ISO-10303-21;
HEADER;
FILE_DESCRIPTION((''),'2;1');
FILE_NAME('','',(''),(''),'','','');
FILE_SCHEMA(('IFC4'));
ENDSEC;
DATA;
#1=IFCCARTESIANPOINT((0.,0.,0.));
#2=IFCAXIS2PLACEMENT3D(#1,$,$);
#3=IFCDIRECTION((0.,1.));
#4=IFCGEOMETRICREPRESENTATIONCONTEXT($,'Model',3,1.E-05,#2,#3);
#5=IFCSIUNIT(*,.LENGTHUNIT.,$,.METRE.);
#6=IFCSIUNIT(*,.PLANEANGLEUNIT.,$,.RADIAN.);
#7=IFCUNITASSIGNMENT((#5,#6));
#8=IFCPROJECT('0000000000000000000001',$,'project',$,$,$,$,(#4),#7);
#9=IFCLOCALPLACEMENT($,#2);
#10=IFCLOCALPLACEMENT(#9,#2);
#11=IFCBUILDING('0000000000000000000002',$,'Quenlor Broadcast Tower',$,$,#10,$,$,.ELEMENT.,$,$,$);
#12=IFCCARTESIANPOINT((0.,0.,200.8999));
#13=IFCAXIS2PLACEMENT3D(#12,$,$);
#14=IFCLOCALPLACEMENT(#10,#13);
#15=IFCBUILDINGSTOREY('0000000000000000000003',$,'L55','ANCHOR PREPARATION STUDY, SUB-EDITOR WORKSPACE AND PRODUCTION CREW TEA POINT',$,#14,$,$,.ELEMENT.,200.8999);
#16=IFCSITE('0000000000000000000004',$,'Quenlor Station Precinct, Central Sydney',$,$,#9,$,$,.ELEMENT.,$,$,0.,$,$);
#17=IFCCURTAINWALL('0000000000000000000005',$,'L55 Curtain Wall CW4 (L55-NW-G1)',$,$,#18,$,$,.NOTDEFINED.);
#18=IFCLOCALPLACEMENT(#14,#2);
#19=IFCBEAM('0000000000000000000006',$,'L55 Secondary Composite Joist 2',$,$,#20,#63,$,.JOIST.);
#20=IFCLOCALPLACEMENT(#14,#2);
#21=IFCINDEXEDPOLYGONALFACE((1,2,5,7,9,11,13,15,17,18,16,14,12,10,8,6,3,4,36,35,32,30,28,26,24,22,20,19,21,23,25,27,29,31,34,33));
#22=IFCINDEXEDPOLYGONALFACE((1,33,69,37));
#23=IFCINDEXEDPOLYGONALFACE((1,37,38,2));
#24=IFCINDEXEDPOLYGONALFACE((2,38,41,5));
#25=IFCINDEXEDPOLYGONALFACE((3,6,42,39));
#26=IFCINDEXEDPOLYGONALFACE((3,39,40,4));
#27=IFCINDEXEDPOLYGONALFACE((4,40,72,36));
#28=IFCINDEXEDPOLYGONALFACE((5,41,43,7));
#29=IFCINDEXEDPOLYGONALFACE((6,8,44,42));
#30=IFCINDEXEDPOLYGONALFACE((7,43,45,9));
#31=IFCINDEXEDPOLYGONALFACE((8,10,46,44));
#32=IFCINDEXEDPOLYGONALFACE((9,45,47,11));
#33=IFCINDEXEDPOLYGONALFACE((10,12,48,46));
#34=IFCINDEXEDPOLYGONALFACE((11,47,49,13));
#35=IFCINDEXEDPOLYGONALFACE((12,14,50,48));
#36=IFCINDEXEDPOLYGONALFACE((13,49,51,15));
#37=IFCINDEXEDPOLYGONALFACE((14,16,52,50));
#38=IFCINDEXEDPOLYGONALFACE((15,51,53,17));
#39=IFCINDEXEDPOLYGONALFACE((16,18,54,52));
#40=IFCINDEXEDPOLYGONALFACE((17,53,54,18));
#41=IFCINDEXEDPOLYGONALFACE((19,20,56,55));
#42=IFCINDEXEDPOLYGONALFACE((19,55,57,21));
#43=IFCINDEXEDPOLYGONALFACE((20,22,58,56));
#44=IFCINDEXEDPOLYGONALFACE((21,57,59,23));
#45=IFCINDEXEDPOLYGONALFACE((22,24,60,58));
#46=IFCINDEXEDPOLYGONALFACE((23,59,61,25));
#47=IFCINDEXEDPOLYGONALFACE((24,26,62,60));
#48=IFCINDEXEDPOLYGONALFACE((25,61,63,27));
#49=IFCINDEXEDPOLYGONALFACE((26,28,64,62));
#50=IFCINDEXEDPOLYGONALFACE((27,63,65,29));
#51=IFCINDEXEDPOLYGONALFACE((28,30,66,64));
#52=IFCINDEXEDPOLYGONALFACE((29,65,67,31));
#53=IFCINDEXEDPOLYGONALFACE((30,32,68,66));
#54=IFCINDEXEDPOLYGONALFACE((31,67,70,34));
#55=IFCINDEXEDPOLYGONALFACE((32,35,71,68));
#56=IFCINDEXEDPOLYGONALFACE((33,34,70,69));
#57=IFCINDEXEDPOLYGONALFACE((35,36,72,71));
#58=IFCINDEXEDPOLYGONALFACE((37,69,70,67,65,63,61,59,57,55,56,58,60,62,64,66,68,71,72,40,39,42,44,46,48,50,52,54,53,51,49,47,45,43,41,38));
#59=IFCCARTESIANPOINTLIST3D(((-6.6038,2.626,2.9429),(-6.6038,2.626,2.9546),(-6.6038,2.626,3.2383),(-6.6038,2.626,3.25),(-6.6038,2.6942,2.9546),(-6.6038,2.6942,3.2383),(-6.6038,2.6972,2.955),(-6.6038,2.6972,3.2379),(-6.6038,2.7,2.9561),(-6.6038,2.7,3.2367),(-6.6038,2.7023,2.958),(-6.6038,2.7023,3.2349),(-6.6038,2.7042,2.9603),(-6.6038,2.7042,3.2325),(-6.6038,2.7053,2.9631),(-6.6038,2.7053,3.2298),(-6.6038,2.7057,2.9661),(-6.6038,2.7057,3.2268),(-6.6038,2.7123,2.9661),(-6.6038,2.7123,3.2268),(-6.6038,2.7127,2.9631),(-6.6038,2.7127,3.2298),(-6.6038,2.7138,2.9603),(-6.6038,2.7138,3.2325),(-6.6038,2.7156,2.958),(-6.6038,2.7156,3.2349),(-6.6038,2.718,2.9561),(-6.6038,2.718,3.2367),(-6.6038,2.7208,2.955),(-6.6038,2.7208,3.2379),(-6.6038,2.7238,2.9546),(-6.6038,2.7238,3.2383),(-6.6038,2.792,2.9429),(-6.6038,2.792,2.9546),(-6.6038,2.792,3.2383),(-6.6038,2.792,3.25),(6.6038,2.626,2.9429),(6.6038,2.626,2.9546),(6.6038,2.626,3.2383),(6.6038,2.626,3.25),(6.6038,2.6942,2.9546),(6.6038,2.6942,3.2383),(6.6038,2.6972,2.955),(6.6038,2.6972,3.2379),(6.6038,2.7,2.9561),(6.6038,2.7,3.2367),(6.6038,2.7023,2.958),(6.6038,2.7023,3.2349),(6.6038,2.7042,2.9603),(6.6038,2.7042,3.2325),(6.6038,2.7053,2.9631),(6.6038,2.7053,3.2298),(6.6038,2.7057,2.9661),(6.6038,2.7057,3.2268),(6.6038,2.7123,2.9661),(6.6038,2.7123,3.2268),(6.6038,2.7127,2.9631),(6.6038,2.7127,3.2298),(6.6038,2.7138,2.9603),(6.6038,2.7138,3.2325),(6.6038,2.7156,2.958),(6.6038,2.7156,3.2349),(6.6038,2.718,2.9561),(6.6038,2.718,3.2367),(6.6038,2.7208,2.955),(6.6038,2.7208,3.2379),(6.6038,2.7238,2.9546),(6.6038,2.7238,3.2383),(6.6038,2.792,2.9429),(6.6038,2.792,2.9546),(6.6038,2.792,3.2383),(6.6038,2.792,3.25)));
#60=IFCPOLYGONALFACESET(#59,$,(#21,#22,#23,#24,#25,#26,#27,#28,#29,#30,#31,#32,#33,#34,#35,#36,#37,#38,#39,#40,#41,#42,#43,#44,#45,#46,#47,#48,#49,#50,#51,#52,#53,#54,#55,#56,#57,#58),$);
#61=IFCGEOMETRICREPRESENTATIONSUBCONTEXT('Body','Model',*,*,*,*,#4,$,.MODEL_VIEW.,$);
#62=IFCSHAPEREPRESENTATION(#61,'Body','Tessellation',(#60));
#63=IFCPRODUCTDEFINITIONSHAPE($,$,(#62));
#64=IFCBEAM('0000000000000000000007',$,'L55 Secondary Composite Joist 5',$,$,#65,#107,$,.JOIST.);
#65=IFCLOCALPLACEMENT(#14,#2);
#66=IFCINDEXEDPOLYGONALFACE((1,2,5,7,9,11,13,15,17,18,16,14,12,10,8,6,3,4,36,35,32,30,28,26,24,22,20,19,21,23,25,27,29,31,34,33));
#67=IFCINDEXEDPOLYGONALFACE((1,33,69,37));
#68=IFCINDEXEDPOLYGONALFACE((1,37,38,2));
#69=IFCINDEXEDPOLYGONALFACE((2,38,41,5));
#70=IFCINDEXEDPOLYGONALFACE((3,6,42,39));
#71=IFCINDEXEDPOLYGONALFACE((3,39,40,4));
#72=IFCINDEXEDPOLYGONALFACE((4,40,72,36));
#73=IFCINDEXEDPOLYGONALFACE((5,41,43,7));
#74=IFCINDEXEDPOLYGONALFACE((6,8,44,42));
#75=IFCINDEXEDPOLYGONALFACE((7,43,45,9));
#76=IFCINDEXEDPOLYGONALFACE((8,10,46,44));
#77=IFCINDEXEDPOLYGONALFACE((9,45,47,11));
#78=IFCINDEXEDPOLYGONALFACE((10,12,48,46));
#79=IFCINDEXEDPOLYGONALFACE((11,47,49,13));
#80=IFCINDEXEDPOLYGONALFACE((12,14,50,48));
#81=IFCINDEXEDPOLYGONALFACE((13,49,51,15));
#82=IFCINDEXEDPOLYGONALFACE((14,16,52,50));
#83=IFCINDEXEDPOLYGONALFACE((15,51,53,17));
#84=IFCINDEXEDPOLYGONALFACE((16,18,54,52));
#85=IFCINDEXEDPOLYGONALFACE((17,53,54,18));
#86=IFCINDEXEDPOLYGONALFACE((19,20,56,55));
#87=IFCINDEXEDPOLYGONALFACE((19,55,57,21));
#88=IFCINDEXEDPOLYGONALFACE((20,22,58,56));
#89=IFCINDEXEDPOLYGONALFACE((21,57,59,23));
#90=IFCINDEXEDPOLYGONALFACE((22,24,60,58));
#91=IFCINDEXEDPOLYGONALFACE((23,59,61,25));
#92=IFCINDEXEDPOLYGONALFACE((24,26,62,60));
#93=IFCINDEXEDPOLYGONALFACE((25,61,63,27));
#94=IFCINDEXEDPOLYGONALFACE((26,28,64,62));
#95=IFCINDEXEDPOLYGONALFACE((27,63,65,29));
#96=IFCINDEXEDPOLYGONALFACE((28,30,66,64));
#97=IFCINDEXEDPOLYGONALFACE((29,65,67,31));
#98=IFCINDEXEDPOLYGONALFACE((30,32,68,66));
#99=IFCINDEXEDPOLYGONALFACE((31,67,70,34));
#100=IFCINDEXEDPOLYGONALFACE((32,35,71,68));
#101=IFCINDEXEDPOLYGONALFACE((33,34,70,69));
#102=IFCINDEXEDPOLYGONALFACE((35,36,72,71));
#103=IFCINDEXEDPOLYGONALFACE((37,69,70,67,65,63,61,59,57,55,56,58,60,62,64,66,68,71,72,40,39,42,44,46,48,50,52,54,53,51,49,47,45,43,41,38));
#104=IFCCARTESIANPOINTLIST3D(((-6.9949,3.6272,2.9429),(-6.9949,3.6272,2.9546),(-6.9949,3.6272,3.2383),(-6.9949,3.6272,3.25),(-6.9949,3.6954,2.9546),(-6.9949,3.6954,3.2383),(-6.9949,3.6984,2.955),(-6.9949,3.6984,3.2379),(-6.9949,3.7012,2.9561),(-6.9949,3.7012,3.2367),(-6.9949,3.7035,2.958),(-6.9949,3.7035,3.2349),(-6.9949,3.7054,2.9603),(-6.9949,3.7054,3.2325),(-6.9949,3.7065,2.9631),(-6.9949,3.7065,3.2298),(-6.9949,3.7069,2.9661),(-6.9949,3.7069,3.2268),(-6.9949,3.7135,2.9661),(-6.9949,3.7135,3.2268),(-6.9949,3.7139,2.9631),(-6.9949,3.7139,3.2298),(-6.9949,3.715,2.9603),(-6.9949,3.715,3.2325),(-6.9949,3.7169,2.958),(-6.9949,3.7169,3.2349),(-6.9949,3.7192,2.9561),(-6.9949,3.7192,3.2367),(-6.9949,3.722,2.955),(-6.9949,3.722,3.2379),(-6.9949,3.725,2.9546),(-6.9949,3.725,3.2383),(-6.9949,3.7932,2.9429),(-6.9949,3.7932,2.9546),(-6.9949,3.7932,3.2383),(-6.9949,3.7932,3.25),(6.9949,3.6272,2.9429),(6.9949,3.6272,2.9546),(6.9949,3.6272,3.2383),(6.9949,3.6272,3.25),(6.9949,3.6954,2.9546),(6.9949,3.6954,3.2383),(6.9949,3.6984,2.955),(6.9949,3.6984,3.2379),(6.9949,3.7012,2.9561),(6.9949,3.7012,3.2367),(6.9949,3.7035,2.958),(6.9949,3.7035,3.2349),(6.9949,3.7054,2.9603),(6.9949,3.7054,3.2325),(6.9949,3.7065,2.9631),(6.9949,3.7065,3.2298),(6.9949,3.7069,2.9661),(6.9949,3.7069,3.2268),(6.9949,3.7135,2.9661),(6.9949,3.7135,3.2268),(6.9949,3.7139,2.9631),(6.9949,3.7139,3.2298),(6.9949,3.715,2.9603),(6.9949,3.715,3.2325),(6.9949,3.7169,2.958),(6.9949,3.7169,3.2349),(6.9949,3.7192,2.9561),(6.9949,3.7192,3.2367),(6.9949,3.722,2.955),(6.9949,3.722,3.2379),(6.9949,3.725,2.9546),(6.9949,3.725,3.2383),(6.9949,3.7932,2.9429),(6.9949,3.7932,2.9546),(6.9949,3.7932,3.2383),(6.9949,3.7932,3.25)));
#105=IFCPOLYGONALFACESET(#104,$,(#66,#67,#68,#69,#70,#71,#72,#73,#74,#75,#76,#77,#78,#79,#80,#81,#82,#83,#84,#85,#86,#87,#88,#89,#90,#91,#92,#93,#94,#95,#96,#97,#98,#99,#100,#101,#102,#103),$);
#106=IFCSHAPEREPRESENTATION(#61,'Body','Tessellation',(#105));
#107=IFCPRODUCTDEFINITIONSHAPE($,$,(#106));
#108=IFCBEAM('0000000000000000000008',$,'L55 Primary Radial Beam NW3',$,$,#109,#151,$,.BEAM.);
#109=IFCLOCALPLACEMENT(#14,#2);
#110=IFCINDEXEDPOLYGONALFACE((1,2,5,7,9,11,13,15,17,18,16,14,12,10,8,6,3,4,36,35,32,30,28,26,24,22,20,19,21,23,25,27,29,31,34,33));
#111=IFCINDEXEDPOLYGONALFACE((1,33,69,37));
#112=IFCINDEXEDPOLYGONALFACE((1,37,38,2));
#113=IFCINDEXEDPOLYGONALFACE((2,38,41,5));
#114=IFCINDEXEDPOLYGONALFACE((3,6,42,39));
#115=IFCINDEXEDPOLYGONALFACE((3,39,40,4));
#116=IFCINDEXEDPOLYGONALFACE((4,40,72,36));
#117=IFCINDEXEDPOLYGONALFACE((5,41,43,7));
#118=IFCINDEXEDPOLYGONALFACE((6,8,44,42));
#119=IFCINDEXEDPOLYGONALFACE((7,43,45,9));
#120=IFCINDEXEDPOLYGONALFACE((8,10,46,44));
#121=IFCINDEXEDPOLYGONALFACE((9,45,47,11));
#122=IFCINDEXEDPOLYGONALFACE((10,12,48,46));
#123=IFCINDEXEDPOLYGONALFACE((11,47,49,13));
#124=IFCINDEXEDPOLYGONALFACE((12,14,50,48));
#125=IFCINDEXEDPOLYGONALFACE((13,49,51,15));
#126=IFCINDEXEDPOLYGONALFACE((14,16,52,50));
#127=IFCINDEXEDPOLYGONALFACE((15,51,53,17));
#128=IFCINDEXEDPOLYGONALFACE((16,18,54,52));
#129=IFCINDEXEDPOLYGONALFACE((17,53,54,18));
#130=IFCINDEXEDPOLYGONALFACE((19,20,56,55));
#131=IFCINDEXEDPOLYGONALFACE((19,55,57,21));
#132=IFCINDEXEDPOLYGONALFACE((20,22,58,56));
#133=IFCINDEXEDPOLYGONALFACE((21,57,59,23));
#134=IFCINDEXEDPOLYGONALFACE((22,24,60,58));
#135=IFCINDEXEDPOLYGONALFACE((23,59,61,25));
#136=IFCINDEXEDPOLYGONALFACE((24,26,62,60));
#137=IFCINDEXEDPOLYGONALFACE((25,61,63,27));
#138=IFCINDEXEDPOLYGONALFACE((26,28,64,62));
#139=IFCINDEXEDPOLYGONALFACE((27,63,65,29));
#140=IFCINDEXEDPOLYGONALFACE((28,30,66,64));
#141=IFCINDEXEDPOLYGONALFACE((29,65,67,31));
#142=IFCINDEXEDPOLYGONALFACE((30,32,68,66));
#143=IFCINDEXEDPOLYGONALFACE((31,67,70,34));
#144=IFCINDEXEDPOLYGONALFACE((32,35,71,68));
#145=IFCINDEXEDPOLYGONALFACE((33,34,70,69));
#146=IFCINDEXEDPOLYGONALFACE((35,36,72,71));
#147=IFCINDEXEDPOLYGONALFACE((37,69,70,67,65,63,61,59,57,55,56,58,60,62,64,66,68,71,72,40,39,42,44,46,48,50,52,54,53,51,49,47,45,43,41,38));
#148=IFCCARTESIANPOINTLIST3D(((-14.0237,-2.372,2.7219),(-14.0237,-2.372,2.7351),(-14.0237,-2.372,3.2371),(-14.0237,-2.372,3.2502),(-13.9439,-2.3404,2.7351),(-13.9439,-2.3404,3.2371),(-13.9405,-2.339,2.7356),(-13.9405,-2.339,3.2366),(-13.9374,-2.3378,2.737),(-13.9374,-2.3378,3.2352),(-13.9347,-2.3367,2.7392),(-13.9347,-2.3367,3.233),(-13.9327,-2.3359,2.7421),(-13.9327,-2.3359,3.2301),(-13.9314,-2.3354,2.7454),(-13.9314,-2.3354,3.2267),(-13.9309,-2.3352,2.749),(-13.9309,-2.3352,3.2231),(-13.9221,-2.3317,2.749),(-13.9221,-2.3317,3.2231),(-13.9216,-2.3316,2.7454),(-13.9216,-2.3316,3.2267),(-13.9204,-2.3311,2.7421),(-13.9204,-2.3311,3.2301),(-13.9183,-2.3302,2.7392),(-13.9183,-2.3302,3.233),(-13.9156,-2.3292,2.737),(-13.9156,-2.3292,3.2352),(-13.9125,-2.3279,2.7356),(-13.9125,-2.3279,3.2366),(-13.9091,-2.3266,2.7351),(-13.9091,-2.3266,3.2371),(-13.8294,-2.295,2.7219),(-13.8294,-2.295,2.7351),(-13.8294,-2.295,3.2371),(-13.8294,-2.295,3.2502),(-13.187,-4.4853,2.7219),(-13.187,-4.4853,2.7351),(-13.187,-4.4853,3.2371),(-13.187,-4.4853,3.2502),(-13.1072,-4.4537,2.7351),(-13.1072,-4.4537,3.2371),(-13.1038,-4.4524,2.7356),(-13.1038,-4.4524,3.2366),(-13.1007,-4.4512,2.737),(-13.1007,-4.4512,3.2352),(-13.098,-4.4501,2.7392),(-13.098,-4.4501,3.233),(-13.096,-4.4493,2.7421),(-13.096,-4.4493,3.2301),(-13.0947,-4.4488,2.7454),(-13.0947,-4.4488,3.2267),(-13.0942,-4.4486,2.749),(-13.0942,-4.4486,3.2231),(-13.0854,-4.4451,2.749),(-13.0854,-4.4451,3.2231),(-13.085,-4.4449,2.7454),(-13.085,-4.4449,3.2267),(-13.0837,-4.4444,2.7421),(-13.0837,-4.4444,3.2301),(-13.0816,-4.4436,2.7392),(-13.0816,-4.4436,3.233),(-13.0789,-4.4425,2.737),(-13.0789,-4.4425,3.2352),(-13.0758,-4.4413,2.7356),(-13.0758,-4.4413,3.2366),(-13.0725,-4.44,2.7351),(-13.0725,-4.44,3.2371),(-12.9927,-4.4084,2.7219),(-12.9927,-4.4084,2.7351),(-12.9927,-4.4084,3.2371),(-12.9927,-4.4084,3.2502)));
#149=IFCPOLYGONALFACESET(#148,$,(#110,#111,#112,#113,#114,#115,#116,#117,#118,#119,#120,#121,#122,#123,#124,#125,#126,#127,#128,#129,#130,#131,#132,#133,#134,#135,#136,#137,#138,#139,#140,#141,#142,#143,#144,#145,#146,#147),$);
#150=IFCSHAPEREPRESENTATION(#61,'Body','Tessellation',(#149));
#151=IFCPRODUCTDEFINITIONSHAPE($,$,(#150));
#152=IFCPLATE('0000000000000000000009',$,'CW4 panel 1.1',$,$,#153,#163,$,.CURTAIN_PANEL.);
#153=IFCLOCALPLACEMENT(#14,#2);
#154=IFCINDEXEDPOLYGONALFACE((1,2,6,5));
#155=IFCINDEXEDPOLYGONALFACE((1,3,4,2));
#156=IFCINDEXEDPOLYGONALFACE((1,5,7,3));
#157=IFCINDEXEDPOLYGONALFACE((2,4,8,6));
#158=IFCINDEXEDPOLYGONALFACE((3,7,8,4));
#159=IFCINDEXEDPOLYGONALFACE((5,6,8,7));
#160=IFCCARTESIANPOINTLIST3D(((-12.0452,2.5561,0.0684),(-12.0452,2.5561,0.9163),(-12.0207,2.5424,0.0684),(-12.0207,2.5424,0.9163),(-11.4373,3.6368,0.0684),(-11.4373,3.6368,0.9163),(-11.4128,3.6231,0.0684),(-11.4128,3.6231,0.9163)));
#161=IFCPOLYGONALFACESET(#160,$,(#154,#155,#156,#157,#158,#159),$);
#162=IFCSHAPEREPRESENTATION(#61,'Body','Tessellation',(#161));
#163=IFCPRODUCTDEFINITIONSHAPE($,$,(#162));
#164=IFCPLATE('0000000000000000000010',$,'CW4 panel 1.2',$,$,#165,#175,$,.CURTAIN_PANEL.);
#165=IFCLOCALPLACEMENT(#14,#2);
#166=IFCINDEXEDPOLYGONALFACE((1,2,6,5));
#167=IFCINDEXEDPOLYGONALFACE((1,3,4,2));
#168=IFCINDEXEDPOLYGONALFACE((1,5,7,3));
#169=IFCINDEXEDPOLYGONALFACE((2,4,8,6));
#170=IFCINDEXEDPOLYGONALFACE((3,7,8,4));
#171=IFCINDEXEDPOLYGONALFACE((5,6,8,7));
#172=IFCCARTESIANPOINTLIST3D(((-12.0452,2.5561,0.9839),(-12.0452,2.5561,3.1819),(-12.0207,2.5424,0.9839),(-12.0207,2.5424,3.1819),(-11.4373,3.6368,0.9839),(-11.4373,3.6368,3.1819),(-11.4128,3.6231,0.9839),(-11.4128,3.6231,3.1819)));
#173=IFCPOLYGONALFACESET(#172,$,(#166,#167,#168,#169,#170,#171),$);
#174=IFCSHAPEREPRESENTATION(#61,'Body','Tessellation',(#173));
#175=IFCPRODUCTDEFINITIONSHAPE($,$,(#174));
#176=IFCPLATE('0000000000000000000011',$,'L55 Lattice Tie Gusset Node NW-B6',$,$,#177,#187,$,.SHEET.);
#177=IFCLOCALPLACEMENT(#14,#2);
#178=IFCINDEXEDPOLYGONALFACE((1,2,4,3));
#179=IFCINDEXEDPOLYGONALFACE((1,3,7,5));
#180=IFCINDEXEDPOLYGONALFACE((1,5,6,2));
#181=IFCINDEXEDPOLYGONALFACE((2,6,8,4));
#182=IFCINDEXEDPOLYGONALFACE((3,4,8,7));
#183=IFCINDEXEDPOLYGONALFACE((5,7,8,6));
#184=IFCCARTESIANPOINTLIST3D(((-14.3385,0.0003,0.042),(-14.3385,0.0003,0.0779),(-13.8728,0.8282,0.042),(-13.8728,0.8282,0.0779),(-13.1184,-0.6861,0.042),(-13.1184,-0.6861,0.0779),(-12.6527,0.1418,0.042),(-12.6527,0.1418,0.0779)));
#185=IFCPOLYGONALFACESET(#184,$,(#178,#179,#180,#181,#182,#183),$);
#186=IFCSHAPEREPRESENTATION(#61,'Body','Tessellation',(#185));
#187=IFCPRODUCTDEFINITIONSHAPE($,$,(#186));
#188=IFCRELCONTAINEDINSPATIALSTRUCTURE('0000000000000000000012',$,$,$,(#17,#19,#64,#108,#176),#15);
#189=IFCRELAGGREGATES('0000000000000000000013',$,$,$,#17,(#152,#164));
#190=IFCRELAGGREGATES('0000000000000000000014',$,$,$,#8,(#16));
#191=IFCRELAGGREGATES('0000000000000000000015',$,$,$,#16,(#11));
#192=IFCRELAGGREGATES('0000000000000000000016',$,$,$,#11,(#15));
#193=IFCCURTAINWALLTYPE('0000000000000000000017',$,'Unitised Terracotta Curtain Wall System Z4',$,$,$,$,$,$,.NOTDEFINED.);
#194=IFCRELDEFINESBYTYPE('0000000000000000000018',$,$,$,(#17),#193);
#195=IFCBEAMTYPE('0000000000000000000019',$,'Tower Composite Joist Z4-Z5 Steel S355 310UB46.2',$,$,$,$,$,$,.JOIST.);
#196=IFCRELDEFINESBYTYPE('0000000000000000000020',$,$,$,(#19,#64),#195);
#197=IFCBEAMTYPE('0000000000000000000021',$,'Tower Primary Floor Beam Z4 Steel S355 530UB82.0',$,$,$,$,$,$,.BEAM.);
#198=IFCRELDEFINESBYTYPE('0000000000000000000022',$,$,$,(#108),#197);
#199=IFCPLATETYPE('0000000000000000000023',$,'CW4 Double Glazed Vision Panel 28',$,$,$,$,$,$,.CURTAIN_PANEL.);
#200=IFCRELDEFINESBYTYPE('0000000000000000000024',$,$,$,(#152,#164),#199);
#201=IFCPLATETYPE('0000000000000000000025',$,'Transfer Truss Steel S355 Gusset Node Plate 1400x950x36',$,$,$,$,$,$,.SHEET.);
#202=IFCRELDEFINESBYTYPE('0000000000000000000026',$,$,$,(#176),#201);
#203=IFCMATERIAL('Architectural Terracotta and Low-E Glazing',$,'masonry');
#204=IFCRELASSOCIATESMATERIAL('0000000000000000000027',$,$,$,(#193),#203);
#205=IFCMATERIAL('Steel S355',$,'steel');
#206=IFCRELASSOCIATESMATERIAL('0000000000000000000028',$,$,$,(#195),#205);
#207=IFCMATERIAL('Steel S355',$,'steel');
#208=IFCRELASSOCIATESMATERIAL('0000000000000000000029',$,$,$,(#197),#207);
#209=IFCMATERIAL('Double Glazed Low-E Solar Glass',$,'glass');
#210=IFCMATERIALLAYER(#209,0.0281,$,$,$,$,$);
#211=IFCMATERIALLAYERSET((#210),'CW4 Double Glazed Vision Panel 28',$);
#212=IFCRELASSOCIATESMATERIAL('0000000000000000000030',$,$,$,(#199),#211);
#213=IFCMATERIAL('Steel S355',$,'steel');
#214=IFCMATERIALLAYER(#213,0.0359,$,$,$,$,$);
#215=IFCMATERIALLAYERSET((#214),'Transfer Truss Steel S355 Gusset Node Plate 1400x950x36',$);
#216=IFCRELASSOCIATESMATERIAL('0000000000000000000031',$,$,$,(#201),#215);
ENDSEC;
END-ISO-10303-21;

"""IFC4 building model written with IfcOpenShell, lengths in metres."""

from ifc_helpers import new_model, si_unit, direction, frame, origin, origin_2d, place, context, subcontext, project, spatial, rectangle, i_section, extrude, material, layer, layer_set, material_profile, profile_set, type_object, element, aggregate, save


model = new_model("IFC4")

# Units and contexts
model_context = context("Model", 3, precision=1e-05, world=origin(), true_north=direction((0.0, 1.0)))
body_context = subcontext(model_context, "Body", "Model", "MODEL_VIEW")
ifc_project = project(units=[si_unit("LENGTHUNIT", "METRE"), si_unit("PLANEANGLEUNIT", "RADIAN")], contexts=[model_context])

# Site, building, storey
site_placement = place(None, origin())
site = spatial("IfcSite", under=ifc_project, at=site_placement, Name="Quenlor Station Precinct, Central Sydney", CompositionType="ELEMENT", RefElevation=0.0)
building_placement = place(site_placement, origin())
building = spatial("IfcBuilding", under=site, at=building_placement, Name="Quenlor Broadcast Tower", CompositionType="ELEMENT")
storey_placement = place(building_placement, frame((0.0, 0.0, 200.8999)))
storey = spatial("IfcBuildingStorey", under=building, at=storey_placement, Name="L55", Description="ANCHOR PREPARATION STUDY, SUB-EDITOR WORKSPACE AND PRODUCTION CREW TEA POINT", CompositionType="ELEMENT", Elevation=200.8999)

# Curtain wall
ifc_material_1 = material(Name="Architectural Terracotta and Low-E Glazing", Category="masonry")
curtain_wall_type = type_object("IfcCurtainWallType", Name="Unitised Terracotta Curtain Wall System Z4", PredefinedType="NOTDEFINED", material=ifc_material_1)
curtain_wall_placement = place(storey_placement, origin())
curtain_wall = element("IfcCurtainWall", 1, at=curtain_wall_placement, inside=storey, type_object=curtain_wall_type, Name="L55 Curtain Wall CW4 (L55-NW-G1)", PredefinedType="NOTDEFINED")

# Beams
ifc_material_2 = material(Name="Steel S355", Category="steel")
ifc_material_profile_1 = material_profile(ifc_material_2, i_section(OverallWidth=0.166, OverallDepth=0.3071, WebThickness=0.0066, FlangeThickness=0.0117, FilletRadius=0.0115, at=origin_2d()))
ifc_profile_set_1 = profile_set([ifc_material_profile_1], Name="Steel S355 310UB46.2")
beam_type_1 = type_object("IfcBeamType", Name="Tower Composite Joist Z4-Z5 Steel S355 310UB46.2", PredefinedType="JOIST", material=ifc_profile_set_1)
beam_1_placement = place(storey_placement, frame((-6.6038, 2.709, 3.0964), z_axis=(1.0, 0.0, 0.0), x_axis=(0.0, 1.0, 0.0)))
element("IfcBeam", 2, at=beam_1_placement, inside=storey, type_object=beam_type_1, Name="L55 Secondary Composite Joist 2", PredefinedType="JOIST", context=body_context, shape_type="SweptSolid", body=[
    extrude(i_section(OverallWidth=0.166, OverallDepth=0.3071, WebThickness=0.0066, FlangeThickness=0.0117, FilletRadius=0.0115, at=origin_2d()), origin(), (0.0, 0.0, 1.0), 13.2075),
])
beam_2_placement = place(storey_placement, frame((-6.9949, 3.7102, 3.0964), z_axis=(1.0, 0.0, 0.0), x_axis=(0.0, 1.0, 0.0)))
element("IfcBeam", 3, at=beam_2_placement, inside=storey, type_object=beam_type_1, Name="L55 Secondary Composite Joist 5", PredefinedType="JOIST", context=body_context, shape_type="SweptSolid", body=[
    extrude(i_section(OverallWidth=0.166, OverallDepth=0.3071, WebThickness=0.0066, FlangeThickness=0.0117, FilletRadius=0.0115, at=origin_2d()), origin(), (0.0, 0.0, 1.0), 13.9897),
])
ifc_material_3 = material(Name="Steel S355", Category="steel")
ifc_material_profile_2 = material_profile(ifc_material_3, i_section(OverallWidth=0.209, OverallDepth=0.5283, WebThickness=0.0095, FlangeThickness=0.0132, FilletRadius=0.0139, at=origin_2d()))
ifc_profile_set_2 = profile_set([ifc_material_profile_2], Name="Steel S355 530UB82.0")
beam_type_2 = type_object("IfcBeamType", Name="Tower Primary Floor Beam Z4 Steel S355 530UB82.0", PredefinedType="BEAM", material=ifc_profile_set_2)
beam_3_placement = place(storey_placement, frame((-13.9265, -2.3335, 2.9861), z_axis=(0.36811, -0.929782, 0.0), x_axis=(0.929782, 0.36811, 0.0)))
element("IfcBeam", 4, at=beam_3_placement, inside=storey, type_object=beam_type_2, Name="L55 Primary Radial Beam NW3", PredefinedType="BEAM", context=body_context, shape_type="SweptSolid", body=[
    extrude(i_section(OverallWidth=0.209, OverallDepth=0.5283, WebThickness=0.0095, FlangeThickness=0.0132, FilletRadius=0.0139, at=origin_2d()), origin(), (0.0, 0.0, 1.0), 2.2729),
])

# Plates
ifc_material_4 = material(Name="Double Glazed Low-E Solar Glass", Category="glass")
ifc_layer_1 = layer(ifc_material_4, 0.0281)
ifc_layer_set_1 = layer_set([ifc_layer_1], Name="CW4 Double Glazed Vision Panel 28")
plate_type_1 = type_object("IfcPlateType", Name="CW4 Double Glazed Vision Panel 28", PredefinedType="CURTAIN_PANEL", material=ifc_layer_set_1)
plate_1_placement = place(storey_placement, frame((-11.729, 3.0896, 0.0684), z_axis=(0.0, 0.0, 1.0), x_axis=(0.490289, 0.87156, 0.0)))
plate_1 = element("IfcPlate", 5, at=plate_1_placement, type_object=plate_type_1, Name="CW4 panel 1.1", PredefinedType="CURTAIN_PANEL", context=body_context, shape_type="SweptSolid", body=[
    extrude(rectangle(XDim=1.24, YDim=0.0281, at=origin_2d()), origin(), (0.0, 0.0, 1.0), 0.8479),
])
plate_2_placement = place(storey_placement, frame((-11.729, 3.0896, 0.9839), z_axis=(0.0, 0.0, 1.0), x_axis=(0.490289, 0.87156, 0.0)))
plate_2 = element("IfcPlate", 6, at=plate_2_placement, type_object=plate_type_1, Name="CW4 panel 1.2", PredefinedType="CURTAIN_PANEL", context=body_context, shape_type="SweptSolid", body=[
    extrude(rectangle(XDim=1.24, YDim=0.0281, at=origin_2d()), origin(), (0.0, 0.0, 1.0), 2.198),
])
aggregate(curtain_wall, [plate_1, plate_2])

# Plate
ifc_material_5 = material(Name="Steel S355", Category="steel")
ifc_layer_2 = layer(ifc_material_5, 0.0359)
ifc_layer_set_2 = layer_set([ifc_layer_2], Name="Transfer Truss Steel S355 Gusset Node Plate 1400x950x36")
plate_type_2 = type_object("IfcPlateType", Name="Transfer Truss Steel S355 Gusset Node Plate 1400x950x36", PredefinedType="SHEET", material=ifc_layer_set_2)
for number, where, z_axis, x_axis, name in (
    (7, (-13.4956, 0.071, 0.042), (0.0, 0.0, 1.0), (-0.871556, 0.490295, 0.0), "L55 Lattice Tie Gusset Node NW-B6"),
):
    element("IfcPlate", number, at=place(storey_placement, frame(where, z_axis=z_axis, x_axis=x_axis)), inside=storey, type_object=plate_type_2, Name=name, PredefinedType="SHEET", context=body_context, shape_type="SweptSolid", body=[
        extrude(rectangle(XDim=1.3999, YDim=0.95, at=origin_2d()), origin(), (0.0, 0.0, 1.0), 0.0359),
    ])

save(model, "model.ifc")
